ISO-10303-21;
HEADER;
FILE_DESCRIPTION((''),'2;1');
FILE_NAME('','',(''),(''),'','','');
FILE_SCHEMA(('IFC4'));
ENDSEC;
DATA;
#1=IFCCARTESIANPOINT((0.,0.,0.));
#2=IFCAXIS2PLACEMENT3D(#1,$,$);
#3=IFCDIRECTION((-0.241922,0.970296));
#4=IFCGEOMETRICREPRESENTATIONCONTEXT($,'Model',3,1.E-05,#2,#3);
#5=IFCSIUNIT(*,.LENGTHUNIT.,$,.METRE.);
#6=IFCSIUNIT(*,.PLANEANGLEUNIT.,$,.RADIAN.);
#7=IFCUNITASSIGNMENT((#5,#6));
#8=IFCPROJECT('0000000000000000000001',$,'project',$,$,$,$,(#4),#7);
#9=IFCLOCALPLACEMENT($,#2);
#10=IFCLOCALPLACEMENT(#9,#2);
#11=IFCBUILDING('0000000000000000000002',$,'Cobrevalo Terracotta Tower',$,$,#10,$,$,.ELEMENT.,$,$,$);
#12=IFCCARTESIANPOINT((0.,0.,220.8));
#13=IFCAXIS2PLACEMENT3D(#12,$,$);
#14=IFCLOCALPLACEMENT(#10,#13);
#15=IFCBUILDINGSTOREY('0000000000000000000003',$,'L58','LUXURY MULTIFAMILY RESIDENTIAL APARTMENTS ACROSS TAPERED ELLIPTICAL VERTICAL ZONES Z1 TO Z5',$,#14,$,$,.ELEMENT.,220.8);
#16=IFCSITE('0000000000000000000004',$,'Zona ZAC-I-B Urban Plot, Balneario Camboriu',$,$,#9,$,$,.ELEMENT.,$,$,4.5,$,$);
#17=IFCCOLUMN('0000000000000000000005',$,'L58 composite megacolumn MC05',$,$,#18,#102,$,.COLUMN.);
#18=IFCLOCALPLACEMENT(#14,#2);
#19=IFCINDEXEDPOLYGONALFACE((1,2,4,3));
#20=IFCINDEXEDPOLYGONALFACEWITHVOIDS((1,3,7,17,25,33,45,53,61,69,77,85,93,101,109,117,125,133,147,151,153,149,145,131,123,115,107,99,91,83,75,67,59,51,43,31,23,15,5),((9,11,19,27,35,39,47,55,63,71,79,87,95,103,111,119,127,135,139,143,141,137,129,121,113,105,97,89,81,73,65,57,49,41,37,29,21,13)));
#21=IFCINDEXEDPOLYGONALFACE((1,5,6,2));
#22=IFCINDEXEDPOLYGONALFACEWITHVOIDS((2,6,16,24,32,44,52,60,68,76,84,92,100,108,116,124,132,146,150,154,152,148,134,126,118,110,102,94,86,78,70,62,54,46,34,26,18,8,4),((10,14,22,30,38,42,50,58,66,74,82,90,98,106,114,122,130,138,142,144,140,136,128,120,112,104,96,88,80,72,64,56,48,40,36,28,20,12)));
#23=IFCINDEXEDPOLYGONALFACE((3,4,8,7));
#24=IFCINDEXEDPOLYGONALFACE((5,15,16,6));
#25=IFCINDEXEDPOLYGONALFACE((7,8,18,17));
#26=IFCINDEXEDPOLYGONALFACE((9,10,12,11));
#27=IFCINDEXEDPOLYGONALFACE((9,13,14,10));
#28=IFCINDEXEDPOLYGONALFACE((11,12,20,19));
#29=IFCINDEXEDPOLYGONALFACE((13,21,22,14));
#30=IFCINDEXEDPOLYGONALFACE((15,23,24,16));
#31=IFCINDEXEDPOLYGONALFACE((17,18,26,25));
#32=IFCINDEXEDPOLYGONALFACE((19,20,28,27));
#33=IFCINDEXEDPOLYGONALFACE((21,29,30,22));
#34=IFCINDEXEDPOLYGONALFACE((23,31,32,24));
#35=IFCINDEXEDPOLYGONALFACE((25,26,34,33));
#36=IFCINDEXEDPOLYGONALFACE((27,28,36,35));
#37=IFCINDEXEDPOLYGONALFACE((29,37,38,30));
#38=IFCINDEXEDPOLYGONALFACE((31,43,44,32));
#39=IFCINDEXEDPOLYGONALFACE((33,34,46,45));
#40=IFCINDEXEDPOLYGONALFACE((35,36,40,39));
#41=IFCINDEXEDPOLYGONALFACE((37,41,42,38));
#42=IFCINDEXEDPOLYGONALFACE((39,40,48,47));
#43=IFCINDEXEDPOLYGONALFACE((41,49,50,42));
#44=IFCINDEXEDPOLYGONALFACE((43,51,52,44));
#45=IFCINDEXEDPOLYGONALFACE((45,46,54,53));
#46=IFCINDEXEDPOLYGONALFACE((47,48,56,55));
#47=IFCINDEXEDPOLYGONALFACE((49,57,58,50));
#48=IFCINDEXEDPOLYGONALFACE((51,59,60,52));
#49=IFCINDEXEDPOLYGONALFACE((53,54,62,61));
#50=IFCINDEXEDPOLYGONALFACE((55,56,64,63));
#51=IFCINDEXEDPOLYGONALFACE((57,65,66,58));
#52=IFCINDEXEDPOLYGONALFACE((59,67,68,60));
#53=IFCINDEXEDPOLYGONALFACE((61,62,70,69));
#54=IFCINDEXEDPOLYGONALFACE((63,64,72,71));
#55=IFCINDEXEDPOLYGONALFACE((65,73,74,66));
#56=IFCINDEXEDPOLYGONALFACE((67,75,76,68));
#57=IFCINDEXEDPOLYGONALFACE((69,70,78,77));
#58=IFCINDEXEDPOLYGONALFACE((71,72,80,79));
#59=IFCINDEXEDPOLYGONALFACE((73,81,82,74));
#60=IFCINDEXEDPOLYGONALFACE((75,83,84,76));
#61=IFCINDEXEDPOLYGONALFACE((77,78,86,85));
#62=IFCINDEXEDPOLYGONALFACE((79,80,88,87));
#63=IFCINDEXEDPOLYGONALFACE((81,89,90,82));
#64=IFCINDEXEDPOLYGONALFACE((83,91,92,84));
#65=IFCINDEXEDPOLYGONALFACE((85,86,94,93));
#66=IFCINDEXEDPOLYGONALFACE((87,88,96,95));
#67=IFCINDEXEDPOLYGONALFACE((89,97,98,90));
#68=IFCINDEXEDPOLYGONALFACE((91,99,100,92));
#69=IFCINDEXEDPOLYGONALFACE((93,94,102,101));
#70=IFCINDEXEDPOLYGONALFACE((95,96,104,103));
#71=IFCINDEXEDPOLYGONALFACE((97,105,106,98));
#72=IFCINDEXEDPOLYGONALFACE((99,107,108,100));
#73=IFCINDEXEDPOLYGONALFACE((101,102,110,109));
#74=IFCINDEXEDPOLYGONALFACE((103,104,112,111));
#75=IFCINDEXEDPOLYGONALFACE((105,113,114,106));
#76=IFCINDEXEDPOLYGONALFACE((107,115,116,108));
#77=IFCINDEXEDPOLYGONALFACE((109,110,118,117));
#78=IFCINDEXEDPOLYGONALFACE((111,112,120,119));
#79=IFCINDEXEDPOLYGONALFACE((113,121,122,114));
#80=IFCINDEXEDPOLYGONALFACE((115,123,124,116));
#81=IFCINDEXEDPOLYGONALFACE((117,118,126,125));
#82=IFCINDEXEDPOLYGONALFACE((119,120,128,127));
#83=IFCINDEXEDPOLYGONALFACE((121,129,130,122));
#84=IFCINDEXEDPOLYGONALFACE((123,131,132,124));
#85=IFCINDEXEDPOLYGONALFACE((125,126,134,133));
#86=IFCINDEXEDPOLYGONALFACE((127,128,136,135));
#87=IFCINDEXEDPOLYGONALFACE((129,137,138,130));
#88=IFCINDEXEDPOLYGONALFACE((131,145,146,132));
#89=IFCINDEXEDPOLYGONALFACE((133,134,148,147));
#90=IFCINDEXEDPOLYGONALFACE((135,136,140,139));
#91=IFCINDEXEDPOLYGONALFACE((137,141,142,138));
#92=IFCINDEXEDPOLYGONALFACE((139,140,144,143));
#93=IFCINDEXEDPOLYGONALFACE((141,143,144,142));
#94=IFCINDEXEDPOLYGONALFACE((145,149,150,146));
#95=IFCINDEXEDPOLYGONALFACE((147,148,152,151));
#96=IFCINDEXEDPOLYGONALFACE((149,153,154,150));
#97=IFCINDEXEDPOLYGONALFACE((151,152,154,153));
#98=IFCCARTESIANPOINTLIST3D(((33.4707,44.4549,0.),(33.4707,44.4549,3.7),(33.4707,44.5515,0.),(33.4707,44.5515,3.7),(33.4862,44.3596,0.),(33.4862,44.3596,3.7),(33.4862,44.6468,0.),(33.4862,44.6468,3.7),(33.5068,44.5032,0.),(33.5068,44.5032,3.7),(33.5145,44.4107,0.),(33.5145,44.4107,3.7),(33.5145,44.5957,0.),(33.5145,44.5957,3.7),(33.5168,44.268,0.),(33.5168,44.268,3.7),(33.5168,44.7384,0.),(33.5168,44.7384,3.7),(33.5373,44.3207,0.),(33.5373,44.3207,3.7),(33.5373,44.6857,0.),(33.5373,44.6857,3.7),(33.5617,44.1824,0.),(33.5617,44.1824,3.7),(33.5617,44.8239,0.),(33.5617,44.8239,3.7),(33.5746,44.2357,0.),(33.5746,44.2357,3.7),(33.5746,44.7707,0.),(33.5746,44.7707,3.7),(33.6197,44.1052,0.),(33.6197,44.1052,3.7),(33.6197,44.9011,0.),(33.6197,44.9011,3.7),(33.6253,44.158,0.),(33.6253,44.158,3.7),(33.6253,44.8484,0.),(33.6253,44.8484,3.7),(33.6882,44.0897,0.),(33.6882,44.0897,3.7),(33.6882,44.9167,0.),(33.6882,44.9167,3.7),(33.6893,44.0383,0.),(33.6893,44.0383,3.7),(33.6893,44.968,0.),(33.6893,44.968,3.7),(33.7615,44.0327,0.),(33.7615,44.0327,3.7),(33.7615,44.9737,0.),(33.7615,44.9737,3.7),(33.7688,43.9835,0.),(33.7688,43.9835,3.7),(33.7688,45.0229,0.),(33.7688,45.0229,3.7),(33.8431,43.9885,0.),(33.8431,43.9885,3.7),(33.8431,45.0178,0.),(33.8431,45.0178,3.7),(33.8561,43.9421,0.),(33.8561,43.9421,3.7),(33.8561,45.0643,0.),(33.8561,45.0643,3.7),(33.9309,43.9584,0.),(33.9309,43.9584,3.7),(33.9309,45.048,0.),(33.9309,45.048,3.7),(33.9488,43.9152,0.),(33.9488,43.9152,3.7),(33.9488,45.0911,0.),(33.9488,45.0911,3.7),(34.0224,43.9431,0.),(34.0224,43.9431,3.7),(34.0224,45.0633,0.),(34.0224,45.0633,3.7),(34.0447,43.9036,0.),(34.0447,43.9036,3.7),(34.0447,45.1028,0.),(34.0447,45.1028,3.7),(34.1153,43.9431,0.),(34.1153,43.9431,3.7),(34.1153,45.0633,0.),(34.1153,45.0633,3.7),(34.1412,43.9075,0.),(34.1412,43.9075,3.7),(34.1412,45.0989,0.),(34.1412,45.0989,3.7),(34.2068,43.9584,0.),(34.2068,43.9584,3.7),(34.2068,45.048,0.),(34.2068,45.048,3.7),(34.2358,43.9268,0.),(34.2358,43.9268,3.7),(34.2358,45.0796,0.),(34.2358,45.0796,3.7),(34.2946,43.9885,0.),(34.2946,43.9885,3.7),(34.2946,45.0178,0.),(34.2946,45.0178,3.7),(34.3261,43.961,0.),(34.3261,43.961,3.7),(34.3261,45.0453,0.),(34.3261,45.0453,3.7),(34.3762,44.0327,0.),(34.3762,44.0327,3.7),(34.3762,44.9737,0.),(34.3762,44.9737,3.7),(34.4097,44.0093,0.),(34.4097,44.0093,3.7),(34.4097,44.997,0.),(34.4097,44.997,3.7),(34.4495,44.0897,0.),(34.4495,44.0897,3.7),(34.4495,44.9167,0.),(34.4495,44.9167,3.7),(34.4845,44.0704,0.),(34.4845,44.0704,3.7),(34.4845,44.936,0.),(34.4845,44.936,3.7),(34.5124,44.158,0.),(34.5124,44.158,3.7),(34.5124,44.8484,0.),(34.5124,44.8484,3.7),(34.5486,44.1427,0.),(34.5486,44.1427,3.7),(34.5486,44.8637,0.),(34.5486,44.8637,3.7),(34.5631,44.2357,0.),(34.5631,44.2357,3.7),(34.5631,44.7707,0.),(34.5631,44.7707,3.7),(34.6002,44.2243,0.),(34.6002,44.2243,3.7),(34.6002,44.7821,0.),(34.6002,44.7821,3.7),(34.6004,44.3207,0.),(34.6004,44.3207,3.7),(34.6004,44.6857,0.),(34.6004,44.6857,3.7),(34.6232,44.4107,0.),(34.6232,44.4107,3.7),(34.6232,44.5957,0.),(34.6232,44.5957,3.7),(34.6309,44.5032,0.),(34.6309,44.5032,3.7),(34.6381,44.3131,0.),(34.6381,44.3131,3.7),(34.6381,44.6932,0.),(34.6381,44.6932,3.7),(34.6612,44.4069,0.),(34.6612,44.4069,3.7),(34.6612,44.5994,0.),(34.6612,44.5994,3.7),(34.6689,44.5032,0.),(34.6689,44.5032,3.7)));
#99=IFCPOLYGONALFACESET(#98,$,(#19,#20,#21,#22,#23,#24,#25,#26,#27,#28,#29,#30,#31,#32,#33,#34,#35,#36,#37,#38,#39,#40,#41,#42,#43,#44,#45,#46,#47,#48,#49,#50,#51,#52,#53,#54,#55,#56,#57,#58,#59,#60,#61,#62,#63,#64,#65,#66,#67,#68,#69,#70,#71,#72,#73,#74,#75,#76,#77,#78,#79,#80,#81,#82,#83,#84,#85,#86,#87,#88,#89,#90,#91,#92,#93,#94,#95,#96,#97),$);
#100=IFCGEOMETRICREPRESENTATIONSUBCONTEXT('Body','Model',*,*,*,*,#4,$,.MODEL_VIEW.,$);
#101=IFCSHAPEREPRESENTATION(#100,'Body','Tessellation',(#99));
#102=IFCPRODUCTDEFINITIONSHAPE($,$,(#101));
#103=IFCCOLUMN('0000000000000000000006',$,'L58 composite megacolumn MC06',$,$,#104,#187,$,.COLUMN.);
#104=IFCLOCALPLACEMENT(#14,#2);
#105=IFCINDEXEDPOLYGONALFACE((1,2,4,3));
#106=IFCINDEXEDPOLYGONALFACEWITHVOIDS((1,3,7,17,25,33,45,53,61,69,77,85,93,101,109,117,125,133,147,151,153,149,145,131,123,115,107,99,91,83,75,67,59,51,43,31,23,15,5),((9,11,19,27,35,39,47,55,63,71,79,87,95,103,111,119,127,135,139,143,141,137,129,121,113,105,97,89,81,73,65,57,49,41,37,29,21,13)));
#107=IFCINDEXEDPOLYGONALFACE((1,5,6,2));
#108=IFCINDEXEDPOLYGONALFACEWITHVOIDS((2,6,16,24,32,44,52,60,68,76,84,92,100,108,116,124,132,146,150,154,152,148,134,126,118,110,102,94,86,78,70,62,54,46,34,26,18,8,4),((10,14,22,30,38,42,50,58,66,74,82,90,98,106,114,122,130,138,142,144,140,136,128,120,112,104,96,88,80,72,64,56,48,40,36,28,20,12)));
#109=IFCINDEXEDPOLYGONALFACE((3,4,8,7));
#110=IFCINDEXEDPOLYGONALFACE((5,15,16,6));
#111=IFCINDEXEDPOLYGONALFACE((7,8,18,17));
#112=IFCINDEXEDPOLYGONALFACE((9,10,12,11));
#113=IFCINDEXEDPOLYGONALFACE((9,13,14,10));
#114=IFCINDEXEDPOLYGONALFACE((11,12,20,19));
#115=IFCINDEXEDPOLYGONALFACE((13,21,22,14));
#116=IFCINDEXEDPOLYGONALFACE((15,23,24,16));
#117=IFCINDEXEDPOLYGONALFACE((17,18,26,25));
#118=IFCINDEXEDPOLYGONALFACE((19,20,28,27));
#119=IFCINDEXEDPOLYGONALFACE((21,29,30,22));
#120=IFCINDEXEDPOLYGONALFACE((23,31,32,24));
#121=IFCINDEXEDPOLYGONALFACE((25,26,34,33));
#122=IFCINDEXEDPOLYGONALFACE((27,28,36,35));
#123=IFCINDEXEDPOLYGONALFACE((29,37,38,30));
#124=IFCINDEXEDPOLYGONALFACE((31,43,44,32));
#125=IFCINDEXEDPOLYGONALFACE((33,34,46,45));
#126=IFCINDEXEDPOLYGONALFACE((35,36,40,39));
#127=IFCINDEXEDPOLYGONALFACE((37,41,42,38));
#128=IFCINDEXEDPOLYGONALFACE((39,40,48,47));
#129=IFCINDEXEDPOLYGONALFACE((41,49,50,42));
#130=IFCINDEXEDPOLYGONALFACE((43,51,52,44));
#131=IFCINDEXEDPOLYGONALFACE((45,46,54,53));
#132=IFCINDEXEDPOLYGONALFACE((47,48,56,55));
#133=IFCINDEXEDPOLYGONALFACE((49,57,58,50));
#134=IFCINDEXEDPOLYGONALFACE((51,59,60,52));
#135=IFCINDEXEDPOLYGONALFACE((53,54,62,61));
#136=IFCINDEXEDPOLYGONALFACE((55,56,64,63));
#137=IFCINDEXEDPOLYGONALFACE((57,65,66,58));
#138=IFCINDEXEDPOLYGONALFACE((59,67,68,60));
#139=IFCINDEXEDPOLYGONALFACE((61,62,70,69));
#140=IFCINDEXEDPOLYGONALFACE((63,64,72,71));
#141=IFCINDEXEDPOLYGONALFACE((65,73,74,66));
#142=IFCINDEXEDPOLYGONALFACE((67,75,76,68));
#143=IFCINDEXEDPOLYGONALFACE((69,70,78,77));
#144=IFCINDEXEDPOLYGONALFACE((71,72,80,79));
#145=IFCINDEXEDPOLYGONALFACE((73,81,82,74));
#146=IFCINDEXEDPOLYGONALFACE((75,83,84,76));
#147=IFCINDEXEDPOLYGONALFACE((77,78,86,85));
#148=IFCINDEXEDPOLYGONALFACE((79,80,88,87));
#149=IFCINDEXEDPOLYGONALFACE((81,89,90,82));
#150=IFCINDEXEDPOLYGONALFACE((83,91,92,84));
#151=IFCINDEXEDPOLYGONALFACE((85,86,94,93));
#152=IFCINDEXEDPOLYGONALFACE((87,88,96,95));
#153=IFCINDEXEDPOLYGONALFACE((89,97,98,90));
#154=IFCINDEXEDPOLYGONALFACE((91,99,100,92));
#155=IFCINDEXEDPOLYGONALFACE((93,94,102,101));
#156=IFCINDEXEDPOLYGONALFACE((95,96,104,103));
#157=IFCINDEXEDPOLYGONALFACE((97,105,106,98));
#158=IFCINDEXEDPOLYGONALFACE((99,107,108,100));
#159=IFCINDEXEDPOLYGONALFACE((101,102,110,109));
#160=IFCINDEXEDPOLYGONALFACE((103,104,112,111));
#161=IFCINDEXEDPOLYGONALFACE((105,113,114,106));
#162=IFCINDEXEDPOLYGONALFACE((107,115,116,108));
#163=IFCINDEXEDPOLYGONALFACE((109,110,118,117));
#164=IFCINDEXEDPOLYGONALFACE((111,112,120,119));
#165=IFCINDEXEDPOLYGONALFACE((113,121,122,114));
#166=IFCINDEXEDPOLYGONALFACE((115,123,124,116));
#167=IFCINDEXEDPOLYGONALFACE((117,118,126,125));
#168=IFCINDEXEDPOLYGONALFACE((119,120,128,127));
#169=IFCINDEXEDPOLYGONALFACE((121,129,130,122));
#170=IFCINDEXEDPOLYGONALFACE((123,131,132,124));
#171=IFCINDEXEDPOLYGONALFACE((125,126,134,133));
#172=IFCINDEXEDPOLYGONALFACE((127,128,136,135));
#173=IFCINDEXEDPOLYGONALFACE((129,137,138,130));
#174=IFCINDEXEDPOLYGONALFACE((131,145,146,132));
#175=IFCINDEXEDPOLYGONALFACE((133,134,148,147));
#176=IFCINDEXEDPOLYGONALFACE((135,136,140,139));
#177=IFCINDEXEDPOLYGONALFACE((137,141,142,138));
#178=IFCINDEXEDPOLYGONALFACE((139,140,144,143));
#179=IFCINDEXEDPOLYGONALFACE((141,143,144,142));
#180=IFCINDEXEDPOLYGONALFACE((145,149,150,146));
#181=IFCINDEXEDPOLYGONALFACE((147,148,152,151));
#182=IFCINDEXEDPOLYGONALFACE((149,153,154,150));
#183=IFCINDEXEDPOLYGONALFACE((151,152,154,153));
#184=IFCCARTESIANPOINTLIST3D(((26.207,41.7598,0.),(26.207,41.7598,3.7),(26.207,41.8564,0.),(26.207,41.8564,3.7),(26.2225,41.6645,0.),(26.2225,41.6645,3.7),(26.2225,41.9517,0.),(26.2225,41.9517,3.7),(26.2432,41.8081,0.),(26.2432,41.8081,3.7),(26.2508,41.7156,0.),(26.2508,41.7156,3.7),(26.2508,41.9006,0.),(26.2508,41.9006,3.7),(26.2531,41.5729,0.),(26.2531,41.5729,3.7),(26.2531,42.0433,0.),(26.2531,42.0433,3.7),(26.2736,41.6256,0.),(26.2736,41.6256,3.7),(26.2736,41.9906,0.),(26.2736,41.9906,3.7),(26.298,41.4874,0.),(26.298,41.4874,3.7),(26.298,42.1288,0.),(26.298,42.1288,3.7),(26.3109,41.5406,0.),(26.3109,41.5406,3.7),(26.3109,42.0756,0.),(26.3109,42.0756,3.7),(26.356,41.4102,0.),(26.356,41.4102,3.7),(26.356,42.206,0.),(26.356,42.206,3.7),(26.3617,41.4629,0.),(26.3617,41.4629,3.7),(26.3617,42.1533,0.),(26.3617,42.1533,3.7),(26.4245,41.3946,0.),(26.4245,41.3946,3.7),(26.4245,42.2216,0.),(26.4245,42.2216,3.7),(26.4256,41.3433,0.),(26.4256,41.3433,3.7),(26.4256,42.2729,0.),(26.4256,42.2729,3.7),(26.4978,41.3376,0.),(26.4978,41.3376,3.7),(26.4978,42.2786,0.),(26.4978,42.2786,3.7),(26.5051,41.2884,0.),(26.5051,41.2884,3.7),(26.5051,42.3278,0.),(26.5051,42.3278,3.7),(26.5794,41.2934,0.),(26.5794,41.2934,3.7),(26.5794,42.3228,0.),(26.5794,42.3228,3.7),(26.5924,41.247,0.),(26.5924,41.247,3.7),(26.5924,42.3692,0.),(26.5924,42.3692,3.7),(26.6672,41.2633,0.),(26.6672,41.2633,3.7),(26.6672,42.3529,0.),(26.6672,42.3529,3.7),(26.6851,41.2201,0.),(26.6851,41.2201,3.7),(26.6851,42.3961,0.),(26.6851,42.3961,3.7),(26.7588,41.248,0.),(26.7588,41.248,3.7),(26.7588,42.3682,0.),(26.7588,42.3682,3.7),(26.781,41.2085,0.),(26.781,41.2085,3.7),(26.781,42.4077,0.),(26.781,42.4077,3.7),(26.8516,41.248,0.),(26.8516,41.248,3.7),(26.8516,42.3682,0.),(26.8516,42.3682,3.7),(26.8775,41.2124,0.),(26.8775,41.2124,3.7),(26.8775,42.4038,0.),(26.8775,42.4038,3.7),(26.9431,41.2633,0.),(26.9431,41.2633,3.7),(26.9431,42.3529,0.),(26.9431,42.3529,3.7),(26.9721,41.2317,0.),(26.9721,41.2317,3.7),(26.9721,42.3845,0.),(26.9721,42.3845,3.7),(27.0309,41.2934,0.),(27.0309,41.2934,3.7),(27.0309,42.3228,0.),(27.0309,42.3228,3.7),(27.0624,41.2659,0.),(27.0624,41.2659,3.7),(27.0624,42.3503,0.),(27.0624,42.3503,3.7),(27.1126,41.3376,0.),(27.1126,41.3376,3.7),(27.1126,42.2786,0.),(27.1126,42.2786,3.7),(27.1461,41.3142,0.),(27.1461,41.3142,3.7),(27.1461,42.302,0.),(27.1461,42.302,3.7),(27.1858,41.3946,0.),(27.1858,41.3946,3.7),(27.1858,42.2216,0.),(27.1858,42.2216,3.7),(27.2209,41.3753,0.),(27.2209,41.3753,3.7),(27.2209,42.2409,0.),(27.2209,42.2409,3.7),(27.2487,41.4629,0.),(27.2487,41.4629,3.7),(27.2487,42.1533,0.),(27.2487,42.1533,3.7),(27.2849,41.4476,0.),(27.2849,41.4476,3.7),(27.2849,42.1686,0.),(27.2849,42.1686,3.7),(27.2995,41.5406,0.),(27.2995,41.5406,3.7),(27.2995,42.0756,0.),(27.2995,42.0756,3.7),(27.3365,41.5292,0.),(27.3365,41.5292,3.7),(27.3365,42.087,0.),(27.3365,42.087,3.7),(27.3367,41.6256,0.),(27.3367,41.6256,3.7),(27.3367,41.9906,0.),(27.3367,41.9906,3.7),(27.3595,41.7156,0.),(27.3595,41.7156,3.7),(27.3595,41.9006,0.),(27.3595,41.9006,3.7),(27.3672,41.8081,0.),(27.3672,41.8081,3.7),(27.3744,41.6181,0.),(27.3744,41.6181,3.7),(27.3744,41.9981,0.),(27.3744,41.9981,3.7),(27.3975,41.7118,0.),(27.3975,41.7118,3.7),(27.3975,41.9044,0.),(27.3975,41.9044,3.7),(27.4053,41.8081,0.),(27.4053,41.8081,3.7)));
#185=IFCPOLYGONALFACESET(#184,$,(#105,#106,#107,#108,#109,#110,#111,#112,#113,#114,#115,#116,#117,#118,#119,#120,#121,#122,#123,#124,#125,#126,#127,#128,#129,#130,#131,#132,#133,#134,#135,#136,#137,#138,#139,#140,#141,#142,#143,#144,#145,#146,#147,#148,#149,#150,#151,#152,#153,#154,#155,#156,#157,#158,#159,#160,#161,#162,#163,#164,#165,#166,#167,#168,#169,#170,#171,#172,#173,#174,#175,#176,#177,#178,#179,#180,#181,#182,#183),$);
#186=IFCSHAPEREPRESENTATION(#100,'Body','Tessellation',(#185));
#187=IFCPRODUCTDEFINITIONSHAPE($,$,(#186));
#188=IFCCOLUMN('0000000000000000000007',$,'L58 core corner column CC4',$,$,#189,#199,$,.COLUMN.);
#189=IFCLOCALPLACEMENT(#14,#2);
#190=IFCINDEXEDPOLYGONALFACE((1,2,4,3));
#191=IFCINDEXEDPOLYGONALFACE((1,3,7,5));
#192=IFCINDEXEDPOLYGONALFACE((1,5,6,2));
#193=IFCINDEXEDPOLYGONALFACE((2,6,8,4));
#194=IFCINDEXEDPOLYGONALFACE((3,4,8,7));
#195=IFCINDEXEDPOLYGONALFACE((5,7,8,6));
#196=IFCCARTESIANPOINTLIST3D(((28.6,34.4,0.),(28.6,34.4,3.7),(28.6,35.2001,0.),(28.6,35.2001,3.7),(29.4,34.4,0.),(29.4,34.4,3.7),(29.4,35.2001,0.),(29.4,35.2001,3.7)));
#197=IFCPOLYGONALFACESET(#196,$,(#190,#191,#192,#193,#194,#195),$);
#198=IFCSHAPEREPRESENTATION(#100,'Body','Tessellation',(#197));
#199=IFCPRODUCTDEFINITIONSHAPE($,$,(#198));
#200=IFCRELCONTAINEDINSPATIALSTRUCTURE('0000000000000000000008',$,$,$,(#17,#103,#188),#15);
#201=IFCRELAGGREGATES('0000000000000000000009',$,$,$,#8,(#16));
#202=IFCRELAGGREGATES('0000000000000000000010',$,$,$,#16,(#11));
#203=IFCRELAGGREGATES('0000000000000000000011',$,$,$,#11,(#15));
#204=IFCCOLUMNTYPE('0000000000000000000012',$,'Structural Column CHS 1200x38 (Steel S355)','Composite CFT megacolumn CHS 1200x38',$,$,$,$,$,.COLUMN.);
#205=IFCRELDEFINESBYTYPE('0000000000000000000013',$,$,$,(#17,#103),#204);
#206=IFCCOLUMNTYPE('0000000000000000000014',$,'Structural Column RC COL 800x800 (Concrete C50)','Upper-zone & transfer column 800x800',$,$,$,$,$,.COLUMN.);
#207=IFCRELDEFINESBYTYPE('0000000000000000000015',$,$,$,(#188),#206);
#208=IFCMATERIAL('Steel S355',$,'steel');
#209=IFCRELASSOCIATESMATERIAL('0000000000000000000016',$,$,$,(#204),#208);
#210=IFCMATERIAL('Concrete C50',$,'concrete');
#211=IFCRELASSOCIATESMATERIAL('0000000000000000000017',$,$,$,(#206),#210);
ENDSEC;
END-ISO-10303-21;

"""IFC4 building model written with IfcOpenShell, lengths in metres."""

from ifc_helpers import new_model, si_unit, direction, frame, origin, origin_2d, place, context, subcontext, project, spatial, rectangle, hollow_circle, extrude, material, material_profile, profile_set, type_object, element, save


model = new_model("IFC4")

# Units and contexts
model_context = context("Model", 3, precision=1e-05, world=origin(), true_north=direction((-0.241922, 0.970296)))
body_context = subcontext(model_context, "Body", "Model", "MODEL_VIEW")
ifc_project = project(units=[si_unit("LENGTHUNIT", "METRE"), si_unit("PLANEANGLEUNIT", "RADIAN")], contexts=[model_context])

# Site, building, storey
site_placement = place(None, origin())
site = spatial("IfcSite", under=ifc_project, at=site_placement, Name="Zona ZAC-I-B Urban Plot, Balneario Camboriu", CompositionType="ELEMENT", RefElevation=4.5)
building_placement = place(site_placement, origin())
building = spatial("IfcBuilding", under=site, at=building_placement, Name="Cobrevalo Terracotta Tower", CompositionType="ELEMENT")
storey_placement = place(building_placement, frame((0.0, 0.0, 220.8)))
storey = spatial("IfcBuildingStorey", under=building, at=storey_placement, Name="L58", Description="LUXURY MULTIFAMILY RESIDENTIAL APARTMENTS ACROSS TAPERED ELLIPTICAL VERTICAL ZONES Z1 TO Z5", CompositionType="ELEMENT", Elevation=220.8)

# Columns
ifc_material_1 = material(Name="Steel S355", Category="steel")
ifc_material_profile_1 = material_profile(ifc_material_1, hollow_circle(Radius=0.6001, WallThickness=0.0381, at=origin_2d()), Name="CHS 1200x38")
ifc_profile_set_1 = profile_set([ifc_material_profile_1], Name="Steel S355")
column_type_1 = type_object("IfcColumnType", Name="Structural Column CHS 1200x38 (Steel S355)", Description="Composite CFT megacolumn CHS 1200x38", PredefinedType="COLUMN", material=ifc_profile_set_1)
for number, where, z_axis, x_axis, name in (
    (1, (34.0688, 44.5032, 0.0), (0.0, 0.0, 1.0), (1.0, 0.0, 0.0), "L58 composite megacolumn MC05"),
    (2, (26.8052, 41.8081, 0.0), (0.0, 0.0, 1.0), (1.0, 0.0, 0.0), "L58 composite megacolumn MC06"),
):
    element("IfcColumn", number, at=place(storey_placement, frame(where, z_axis=z_axis, x_axis=x_axis)), inside=storey, type_object=column_type_1, Name=name, PredefinedType="COLUMN", context=body_context, shape_type="SweptSolid", body=[
        extrude(hollow_circle(Radius=0.6001, WallThickness=0.0381, at=origin_2d()), origin(), (0.0, 0.0, 1.0), 3.7),
    ])
ifc_material_2 = material(Name="Concrete C50", Category="concrete")
ifc_material_profile_2 = material_profile(ifc_material_2, rectangle(XDim=0.8, YDim=0.8, at=origin_2d()), Name="RC COL 800x800")
ifc_profile_set_2 = profile_set([ifc_material_profile_2], Name="Concrete C50")
column_type_2 = type_object("IfcColumnType", Name="Structural Column RC COL 800x800 (Concrete C50)", Description="Upper-zone & transfer column 800x800", PredefinedType="COLUMN", material=ifc_profile_set_2)
column_placement = place(storey_placement, frame((29.0, 34.8, 0.0), z_axis=(0.0, 0.0, 1.0), x_axis=(1.0, 0.0, 0.0)))
element("IfcColumn", 3, at=column_placement, inside=storey, type_object=column_type_2, Name="L58 core corner column CC4", PredefinedType="COLUMN", context=body_context, shape_type="SweptSolid", body=[
    extrude(rectangle(XDim=0.8, YDim=0.8, at=origin_2d()), origin(), (0.0, 0.0, 1.0), 3.7),
])

save(model, "model.ifc")
